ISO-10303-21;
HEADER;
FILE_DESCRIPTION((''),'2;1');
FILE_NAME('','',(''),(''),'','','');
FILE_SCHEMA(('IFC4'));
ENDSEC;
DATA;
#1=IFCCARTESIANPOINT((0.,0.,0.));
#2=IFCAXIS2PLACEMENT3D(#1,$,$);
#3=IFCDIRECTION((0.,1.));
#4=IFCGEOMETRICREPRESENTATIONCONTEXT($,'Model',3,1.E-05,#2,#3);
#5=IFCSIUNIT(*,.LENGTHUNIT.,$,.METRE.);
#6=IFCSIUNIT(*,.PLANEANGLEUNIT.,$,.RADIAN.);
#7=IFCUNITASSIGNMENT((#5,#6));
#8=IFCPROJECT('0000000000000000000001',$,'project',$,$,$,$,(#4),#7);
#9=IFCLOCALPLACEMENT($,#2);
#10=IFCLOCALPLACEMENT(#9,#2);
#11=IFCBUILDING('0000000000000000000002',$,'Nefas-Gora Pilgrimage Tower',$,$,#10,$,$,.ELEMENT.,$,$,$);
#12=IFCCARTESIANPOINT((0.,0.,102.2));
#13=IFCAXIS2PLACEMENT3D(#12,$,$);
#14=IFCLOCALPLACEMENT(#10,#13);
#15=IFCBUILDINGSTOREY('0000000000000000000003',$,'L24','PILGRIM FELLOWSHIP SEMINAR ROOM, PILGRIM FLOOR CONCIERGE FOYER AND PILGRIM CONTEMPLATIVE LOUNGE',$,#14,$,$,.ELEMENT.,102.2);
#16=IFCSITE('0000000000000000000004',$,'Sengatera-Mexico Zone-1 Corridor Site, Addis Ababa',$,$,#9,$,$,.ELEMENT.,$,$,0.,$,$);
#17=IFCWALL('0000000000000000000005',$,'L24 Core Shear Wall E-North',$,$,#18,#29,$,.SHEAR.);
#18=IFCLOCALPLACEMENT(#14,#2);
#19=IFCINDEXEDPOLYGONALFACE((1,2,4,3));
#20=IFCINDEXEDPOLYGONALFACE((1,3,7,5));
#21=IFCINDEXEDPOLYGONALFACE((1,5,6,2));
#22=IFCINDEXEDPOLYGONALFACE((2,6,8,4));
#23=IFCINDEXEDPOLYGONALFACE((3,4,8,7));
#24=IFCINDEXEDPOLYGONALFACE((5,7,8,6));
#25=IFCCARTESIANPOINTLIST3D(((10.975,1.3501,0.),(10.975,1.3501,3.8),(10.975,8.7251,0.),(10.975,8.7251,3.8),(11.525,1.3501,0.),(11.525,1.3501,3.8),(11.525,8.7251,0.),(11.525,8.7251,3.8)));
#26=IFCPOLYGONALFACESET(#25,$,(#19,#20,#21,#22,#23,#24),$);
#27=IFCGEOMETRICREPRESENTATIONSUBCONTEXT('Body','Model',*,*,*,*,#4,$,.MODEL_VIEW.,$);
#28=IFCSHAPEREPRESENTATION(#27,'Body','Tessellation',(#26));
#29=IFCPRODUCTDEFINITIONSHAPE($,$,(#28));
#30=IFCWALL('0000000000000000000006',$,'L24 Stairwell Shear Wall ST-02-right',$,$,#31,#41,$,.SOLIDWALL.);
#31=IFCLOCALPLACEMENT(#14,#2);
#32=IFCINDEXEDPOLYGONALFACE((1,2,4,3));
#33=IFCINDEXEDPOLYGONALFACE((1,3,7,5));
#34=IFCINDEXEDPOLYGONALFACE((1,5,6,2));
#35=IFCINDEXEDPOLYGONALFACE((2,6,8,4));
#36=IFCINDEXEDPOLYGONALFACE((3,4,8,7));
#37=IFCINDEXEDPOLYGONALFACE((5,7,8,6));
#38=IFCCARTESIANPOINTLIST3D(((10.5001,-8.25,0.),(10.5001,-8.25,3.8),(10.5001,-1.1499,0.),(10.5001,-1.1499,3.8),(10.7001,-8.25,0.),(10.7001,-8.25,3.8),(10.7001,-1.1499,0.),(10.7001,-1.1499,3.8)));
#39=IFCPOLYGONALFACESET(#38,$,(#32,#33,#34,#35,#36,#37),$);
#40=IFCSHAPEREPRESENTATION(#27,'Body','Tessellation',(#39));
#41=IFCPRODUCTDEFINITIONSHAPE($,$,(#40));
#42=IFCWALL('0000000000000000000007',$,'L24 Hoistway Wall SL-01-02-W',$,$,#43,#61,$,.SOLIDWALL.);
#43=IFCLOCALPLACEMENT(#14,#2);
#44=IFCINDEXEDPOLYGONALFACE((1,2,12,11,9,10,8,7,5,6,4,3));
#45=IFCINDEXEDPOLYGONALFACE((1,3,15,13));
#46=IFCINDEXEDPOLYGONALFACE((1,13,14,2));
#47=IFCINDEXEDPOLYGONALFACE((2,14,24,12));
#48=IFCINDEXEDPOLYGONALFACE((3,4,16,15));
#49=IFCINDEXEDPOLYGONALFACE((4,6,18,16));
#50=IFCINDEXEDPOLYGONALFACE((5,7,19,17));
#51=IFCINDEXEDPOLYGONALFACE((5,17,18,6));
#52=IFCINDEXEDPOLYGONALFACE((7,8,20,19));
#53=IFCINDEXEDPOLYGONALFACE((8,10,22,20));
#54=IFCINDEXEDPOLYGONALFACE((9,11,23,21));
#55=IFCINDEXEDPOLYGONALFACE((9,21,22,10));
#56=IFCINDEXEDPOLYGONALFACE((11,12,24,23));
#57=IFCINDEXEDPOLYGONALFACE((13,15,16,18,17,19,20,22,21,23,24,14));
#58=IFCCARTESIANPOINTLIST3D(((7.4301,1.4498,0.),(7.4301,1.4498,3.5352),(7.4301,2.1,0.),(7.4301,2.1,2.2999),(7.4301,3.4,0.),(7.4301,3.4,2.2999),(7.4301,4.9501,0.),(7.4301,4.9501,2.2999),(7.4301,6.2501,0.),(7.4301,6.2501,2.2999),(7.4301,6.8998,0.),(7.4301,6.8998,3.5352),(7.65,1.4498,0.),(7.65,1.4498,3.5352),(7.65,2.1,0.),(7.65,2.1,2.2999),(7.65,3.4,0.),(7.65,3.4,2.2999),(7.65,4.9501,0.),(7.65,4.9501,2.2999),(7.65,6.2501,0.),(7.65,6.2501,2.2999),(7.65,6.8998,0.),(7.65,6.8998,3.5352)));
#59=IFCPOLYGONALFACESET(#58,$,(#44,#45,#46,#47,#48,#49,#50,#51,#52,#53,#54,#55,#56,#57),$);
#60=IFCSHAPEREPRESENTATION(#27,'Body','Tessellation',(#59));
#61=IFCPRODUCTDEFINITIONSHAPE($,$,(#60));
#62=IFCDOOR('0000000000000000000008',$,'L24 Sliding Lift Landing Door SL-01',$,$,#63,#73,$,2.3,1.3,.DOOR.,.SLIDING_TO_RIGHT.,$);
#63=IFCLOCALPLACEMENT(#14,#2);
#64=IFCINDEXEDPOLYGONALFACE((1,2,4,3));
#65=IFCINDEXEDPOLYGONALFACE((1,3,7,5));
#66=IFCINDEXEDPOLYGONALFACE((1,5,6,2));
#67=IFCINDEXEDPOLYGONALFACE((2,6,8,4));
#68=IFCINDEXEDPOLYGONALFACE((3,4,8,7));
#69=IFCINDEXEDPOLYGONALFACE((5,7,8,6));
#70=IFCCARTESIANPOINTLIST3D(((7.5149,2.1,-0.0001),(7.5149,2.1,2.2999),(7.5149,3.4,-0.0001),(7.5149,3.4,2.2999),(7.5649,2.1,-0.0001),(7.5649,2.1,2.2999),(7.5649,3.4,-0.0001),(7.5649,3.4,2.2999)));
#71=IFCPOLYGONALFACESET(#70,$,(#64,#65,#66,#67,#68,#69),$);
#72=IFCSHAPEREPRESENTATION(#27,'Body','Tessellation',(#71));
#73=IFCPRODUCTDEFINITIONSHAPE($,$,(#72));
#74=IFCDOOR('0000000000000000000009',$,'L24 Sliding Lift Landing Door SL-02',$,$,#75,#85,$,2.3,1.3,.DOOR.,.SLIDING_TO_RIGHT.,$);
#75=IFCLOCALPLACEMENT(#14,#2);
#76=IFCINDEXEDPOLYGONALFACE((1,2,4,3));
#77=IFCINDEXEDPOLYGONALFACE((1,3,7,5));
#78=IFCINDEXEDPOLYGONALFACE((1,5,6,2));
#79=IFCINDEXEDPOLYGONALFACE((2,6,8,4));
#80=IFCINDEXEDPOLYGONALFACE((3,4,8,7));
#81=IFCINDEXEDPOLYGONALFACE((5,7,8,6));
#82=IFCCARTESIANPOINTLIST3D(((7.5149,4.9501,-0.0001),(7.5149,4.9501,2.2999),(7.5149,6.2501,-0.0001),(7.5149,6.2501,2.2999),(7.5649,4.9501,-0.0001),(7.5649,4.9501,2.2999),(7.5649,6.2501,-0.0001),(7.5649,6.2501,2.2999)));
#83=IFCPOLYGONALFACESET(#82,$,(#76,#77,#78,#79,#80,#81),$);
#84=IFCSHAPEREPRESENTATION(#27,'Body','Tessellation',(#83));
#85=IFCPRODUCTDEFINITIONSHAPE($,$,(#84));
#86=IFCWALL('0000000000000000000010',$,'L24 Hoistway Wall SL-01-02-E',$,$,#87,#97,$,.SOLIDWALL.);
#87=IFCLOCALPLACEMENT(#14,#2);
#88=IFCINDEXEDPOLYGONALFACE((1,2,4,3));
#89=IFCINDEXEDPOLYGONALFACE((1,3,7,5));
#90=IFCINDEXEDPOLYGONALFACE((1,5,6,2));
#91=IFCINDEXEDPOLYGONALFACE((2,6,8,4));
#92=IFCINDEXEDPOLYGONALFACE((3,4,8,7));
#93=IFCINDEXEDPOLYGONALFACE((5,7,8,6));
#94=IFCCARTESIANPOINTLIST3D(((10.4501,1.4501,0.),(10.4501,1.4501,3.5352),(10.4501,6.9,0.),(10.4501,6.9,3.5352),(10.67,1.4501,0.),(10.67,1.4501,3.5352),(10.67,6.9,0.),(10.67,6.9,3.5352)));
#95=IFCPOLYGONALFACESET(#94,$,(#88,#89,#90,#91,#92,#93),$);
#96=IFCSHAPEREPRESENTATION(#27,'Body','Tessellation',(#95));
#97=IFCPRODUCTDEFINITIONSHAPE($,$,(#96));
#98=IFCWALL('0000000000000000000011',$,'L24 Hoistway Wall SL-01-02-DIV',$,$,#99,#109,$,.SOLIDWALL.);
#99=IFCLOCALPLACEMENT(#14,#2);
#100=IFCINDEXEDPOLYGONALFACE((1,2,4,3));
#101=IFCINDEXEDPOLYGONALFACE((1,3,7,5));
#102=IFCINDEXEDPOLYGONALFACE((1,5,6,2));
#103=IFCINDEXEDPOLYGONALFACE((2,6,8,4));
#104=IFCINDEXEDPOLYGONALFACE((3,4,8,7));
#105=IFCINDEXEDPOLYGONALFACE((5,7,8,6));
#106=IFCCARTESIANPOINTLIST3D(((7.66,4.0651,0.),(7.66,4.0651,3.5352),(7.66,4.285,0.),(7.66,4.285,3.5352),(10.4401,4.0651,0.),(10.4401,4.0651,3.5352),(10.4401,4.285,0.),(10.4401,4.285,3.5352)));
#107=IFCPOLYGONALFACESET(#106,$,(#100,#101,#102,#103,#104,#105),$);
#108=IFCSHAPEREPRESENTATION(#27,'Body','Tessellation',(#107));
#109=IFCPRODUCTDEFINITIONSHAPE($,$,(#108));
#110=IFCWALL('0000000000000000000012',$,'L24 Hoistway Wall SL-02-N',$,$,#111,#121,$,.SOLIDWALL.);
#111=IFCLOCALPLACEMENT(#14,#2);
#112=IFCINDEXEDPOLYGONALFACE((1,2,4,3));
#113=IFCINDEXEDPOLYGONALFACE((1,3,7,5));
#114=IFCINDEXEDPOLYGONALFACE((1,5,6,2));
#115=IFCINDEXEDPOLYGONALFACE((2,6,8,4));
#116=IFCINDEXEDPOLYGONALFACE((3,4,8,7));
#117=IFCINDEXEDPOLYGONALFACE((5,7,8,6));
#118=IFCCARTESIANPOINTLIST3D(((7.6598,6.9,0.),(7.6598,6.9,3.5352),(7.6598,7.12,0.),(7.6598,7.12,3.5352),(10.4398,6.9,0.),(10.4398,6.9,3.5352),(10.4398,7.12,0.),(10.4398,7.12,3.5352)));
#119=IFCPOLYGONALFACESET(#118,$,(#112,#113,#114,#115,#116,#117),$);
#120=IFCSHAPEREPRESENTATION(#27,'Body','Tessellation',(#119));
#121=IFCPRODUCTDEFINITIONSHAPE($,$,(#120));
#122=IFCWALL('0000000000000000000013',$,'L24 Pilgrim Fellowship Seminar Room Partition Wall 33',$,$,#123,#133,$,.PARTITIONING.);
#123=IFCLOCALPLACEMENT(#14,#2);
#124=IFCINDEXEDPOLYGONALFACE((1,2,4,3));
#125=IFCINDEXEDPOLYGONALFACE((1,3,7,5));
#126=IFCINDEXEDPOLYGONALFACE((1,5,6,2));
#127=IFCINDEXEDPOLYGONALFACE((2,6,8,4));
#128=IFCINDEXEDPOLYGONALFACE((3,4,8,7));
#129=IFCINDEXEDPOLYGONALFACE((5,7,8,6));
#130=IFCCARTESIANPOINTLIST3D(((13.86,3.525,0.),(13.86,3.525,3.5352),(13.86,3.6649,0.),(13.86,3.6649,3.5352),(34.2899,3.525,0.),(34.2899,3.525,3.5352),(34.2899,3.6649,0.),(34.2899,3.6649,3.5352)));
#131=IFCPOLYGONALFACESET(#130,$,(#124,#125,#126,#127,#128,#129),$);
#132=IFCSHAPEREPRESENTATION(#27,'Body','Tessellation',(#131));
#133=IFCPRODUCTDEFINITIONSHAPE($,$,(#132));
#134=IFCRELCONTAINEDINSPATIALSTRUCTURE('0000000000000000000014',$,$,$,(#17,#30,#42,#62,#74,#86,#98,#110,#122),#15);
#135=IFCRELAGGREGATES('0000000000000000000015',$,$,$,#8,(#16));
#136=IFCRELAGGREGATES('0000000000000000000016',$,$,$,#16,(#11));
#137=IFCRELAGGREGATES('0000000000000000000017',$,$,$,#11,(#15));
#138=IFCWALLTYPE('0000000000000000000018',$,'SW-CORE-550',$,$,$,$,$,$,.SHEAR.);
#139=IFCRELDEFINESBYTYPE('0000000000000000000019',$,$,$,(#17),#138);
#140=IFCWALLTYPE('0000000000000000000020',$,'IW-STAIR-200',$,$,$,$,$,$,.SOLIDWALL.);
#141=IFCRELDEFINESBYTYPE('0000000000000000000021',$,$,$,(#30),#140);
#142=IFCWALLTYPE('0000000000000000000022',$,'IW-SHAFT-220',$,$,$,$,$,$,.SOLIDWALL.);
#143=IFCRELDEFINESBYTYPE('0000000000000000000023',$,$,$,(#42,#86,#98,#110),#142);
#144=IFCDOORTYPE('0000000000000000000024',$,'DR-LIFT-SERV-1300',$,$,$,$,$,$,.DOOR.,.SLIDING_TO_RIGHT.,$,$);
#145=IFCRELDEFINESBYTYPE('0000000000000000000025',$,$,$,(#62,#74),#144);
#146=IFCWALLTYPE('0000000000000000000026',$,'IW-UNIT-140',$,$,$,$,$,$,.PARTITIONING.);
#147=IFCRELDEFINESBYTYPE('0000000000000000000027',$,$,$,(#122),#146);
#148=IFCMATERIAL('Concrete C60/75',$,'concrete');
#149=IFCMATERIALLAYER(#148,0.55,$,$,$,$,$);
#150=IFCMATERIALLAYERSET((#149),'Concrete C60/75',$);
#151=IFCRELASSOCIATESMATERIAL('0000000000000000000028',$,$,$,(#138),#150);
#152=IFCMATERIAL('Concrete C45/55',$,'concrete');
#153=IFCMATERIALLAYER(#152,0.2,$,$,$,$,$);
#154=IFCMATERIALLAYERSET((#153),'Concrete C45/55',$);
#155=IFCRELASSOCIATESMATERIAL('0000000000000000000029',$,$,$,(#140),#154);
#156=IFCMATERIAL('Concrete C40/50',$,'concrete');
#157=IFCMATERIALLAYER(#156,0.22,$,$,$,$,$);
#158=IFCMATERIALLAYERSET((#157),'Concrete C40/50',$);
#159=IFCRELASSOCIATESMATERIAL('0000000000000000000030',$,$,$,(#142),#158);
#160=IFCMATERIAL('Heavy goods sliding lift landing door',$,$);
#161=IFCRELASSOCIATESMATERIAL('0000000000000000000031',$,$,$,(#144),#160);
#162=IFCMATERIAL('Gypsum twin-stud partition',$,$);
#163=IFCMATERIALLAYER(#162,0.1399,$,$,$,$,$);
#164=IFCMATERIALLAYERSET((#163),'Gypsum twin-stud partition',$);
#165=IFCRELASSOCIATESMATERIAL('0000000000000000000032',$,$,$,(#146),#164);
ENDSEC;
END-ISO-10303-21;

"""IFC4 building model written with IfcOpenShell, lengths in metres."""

from ifc_helpers import new_model, si_unit, direction, frame, frame_2d, origin, place, context, subcontext, project, spatial, rectangle, extrude, source, transform, mapped, material, layer, layer_set, type_object, element, fill, save


model = new_model("IFC4")

# Units and contexts
model_context = context("Model", 3, precision=1e-05, world=origin(), true_north=direction((0.0, 1.0)))
body_context = subcontext(model_context, "Body", "Model", "MODEL_VIEW")
ifc_project = project(units=[si_unit("LENGTHUNIT", "METRE"), si_unit("PLANEANGLEUNIT", "RADIAN")], contexts=[model_context])

# Site, building, storey
site_placement = place(None, origin())
site = spatial("IfcSite", under=ifc_project, at=site_placement, Name="Sengatera-Mexico Zone-1 Corridor Site, Addis Ababa", CompositionType="ELEMENT", RefElevation=0.0)
building_placement = place(site_placement, origin())
building = spatial("IfcBuilding", under=site, at=building_placement, Name="Nefas-Gora Pilgrimage Tower", CompositionType="ELEMENT")
storey_placement = place(building_placement, frame((0.0, 0.0, 102.2)))
storey = spatial("IfcBuildingStorey", under=building, at=storey_placement, Name="L24", Description="PILGRIM FELLOWSHIP SEMINAR ROOM, PILGRIM FLOOR CONCIERGE FOYER AND PILGRIM CONTEMPLATIVE LOUNGE", CompositionType="ELEMENT", Elevation=102.2)

# Walls
ifc_material_1 = material(Name="Concrete C60/75", Category="concrete")
ifc_layer_1 = layer(ifc_material_1, 0.55)
ifc_layer_set_1 = layer_set([ifc_layer_1], Name="Concrete C60/75")
wall_type_1 = type_object("IfcWallType", Name="SW-CORE-550", PredefinedType="SHEAR", material=ifc_layer_set_1)
shared_shape_1 = source(origin(), body_context, "Body", "SweptSolid", [
    extrude(rectangle(XDim=7.375, YDim=0.55, at=frame_2d((3.6875, 0.0))), origin(), (0.0, 0.0, 1.0), 3.8),
])
wall_1_placement = place(storey_placement, frame((11.25, 1.3501, 0.0), z_axis=(0.0, 0.0, 1.0), x_axis=(0.0, 1.0, 0.0)))
element("IfcWall", 1, at=wall_1_placement, inside=storey, type_object=wall_type_1, Name="L24 Core Shear Wall E-North", PredefinedType="SHEAR", context=body_context, shape_type="MappedRepresentation", body=[
    mapped(shared_shape_1, transform((0.0, 0.0, 0.0), x_axis=(1.0, 0.0, 0.0), y_axis=(0.0, 1.0, 0.0), z_axis=(0.0, 0.0, 1.0), scale=1.0)),
])
ifc_material_2 = material(Name="Concrete C45/55", Category="concrete")
ifc_layer_2 = layer(ifc_material_2, 0.2)
ifc_layer_set_2 = layer_set([ifc_layer_2], Name="Concrete C45/55")
wall_type_2 = type_object("IfcWallType", Name="IW-STAIR-200", PredefinedType="SOLIDWALL", material=ifc_layer_set_2)
shared_shape_2 = source(origin(), body_context, "Body", "SweptSolid", [
    extrude(rectangle(XDim=7.1001, YDim=0.2, at=frame_2d((3.55, 0.0))), origin(), (0.0, 0.0, 1.0), 3.8),
])
wall_2_placement = place(storey_placement, frame((10.6001, -1.1499, 0.0), z_axis=(0.0, 0.0, 1.0), x_axis=(0.0, -1.0, 0.0)))
element("IfcWall", 2, at=wall_2_placement, inside=storey, type_object=wall_type_2, Name="L24 Stairwell Shear Wall ST-02-right", PredefinedType="SOLIDWALL", context=body_context, shape_type="MappedRepresentation", body=[
    mapped(shared_shape_2, transform((0.0, 0.0, 0.0), x_axis=(1.0, 0.0, 0.0), y_axis=(0.0, 1.0, 0.0), z_axis=(0.0, 0.0, 1.0), scale=1.0)),
])

# Wall, openings, doors
ifc_material_3 = material(Name="Concrete C40/50", Category="concrete")
ifc_layer_3 = layer(ifc_material_3, 0.22)
ifc_layer_set_3 = layer_set([ifc_layer_3], Name="Concrete C40/50")
wall_type_3 = type_object("IfcWallType", Name="IW-SHAFT-220", PredefinedType="SOLIDWALL", material=ifc_layer_set_3)
shared_shape_3 = source(origin(), body_context, "Body", "SweptSolid", [
    extrude(rectangle(XDim=5.45, YDim=0.22, at=frame_2d((2.7251, 0.0))), origin(), (0.0, 0.0, 1.0), 3.5352),
])
wall_3_placement = place(storey_placement, frame((7.54, 6.8999, 0.0), z_axis=(0.0, 0.0, 1.0), x_axis=(0.0, -1.0, 0.0)))
wall_3 = element("IfcWall", 3, at=wall_3_placement, inside=storey, type_object=wall_type_3, Name="L24 Hoistway Wall SL-01-02-W", PredefinedType="SOLIDWALL", context=body_context, shape_type="MappedRepresentation", body=[
    mapped(shared_shape_3, transform((0.0, 0.0, 0.0), x_axis=(1.0, 0.0, 0.0), y_axis=(0.0, 1.0, 0.0), z_axis=(0.0, 0.0, 1.0), scale=1.0)),
])
opening_1_placement = place(wall_3_placement, frame((3.5, 0.0, 0.0)))
opening_1 = element("IfcOpeningElement", 4, at=opening_1_placement, cuts=wall_3, PredefinedType="OPENING", context=body_context, shape_type="SweptSolid", body=[
    extrude(rectangle(XDim=1.3, YDim=2.3, at=frame_2d((0.6499, 1.1499))), frame((0.0, 0.1199, 0.0), z_axis=(0.0, -1.0, 0.0), x_axis=(1.0, 0.0, 0.0)), (0.0, 0.0, 1.0), 0.24),
])
opening_2_placement = place(wall_3_placement, frame((0.6499, 0.0, 0.0)))
opening_2 = element("IfcOpeningElement", 5, at=opening_2_placement, cuts=wall_3, PredefinedType="OPENING", context=body_context, shape_type="SweptSolid", body=[
    extrude(rectangle(XDim=1.3, YDim=2.3, at=frame_2d((0.6499, 1.1499))), frame((0.0, 0.1199, 0.0), z_axis=(0.0, -1.0, 0.0), x_axis=(1.0, 0.0, 0.0)), (0.0, 0.0, 1.0), 0.24),
])
ifc_material_4 = material(Name="Heavy goods sliding lift landing door")
door_type_1 = type_object("IfcDoorType", Name="DR-LIFT-SERV-1300", OperationType="SLIDING_TO_RIGHT", PredefinedType="DOOR", material=ifc_material_4)
shared_shape_4 = source(origin(), body_context, "Body", "SweptSolid", [
    extrude(rectangle(XDim=1.3, YDim=2.3, at=frame_2d((0.6499, 1.1499))), frame((0.0, 0.0249, 0.0), z_axis=(0.0, -1.0, 0.0), x_axis=(1.0, 0.0, 0.0)), (0.0, 0.0, 1.0), 0.05),
])
door_1_placement = place(opening_1_placement, origin())
door_1 = element("IfcDoor", 6, at=door_1_placement, inside=storey, type_object=door_type_1, Name="L24 Sliding Lift Landing Door SL-01", OperationType="SLIDING_TO_RIGHT", OverallHeight=2.3, OverallWidth=1.3, PredefinedType="DOOR", context=body_context, shape_type="MappedRepresentation", body=[
    mapped(shared_shape_4, transform((0.0, 0.0, 0.0), x_axis=(1.0, 0.0, 0.0), y_axis=(0.0, 1.0, 0.0), z_axis=(0.0, 0.0, 1.0), scale=1.0)),
])
fill(opening_1, door_1)
door_2_placement = place(opening_2_placement, origin())
door_2 = element("IfcDoor", 7, at=door_2_placement, inside=storey, type_object=door_type_1, Name="L24 Sliding Lift Landing Door SL-02", OperationType="SLIDING_TO_RIGHT", OverallHeight=2.3, OverallWidth=1.3, PredefinedType="DOOR", context=body_context, shape_type="MappedRepresentation", body=[
    mapped(shared_shape_4, transform((0.0, 0.0, 0.0), x_axis=(1.0, 0.0, 0.0), y_axis=(0.0, 1.0, 0.0), z_axis=(0.0, 0.0, 1.0), scale=1.0)),
])
fill(opening_2, door_2)

# Walls
wall_4_placement = place(storey_placement, frame((10.5601, 1.45, 0.0), z_axis=(0.0, 0.0, 1.0), x_axis=(0.0, 1.0, 0.0)))
element("IfcWall", 8, at=wall_4_placement, inside=storey, type_object=wall_type_3, Name="L24 Hoistway Wall SL-01-02-E", PredefinedType="SOLIDWALL", context=body_context, shape_type="MappedRepresentation", body=[
    mapped(shared_shape_3, transform((0.0, 0.0, 0.0), x_axis=(1.0, 0.0, 0.0), y_axis=(0.0, 1.0, 0.0), z_axis=(0.0, 0.0, 1.0), scale=1.0)),
])
shared_shape_5 = source(origin(), body_context, "Body", "SweptSolid", [
    extrude(rectangle(XDim=2.78, YDim=0.22, at=frame_2d((1.3901, 0.0))), origin(), (0.0, 0.0, 1.0), 3.5352),
])
for number, where, z_axis, x_axis, name in (
    (9, (7.6599, 4.175, 0.0), (0.0, 0.0, 1.0), (1.0, 0.0, 0.0), "L24 Hoistway Wall SL-01-02-DIV"),
    (10, (10.4399, 7.01, 0.0), (0.0, 0.0, 1.0), (-1.0, 0.0, 0.0), "L24 Hoistway Wall SL-02-N"),
):
    element("IfcWall", number, at=place(storey_placement, frame(where, z_axis=z_axis, x_axis=x_axis)), inside=storey, type_object=wall_type_3, Name=name, PredefinedType="SOLIDWALL", context=body_context, shape_type="MappedRepresentation", body=[
        mapped(shared_shape_5, transform((0.0, 0.0, 0.0), x_axis=(1.0, 0.0, 0.0), y_axis=(0.0, 1.0, 0.0), z_axis=(0.0, 0.0, 1.0), scale=1.0)),
    ])
ifc_material_5 = material(Name="Gypsum twin-stud partition")
ifc_layer_4 = layer(ifc_material_5, 0.1399)
ifc_layer_set_4 = layer_set([ifc_layer_4], Name="Gypsum twin-stud partition")
wall_type_4 = type_object("IfcWallType", Name="IW-UNIT-140", PredefinedType="PARTITIONING", material=ifc_layer_set_4)
shared_shape_6 = source(origin(), body_context, "Body", "SweptSolid", [
    extrude(rectangle(XDim=20.4299, YDim=0.1399, at=frame_2d((10.2148, 0.0))), origin(), (0.0, 0.0, 1.0), 3.5352),
])
wall_5_placement = place(storey_placement, frame((13.8601, 3.595, 0.0), z_axis=(0.0, 0.0, 1.0), x_axis=(1.0, 0.0, 0.0)))
element("IfcWall", 11, at=wall_5_placement, inside=storey, type_object=wall_type_4, Name="L24 Pilgrim Fellowship Seminar Room Partition Wall 33", PredefinedType="PARTITIONING", context=body_context, shape_type="MappedRepresentation", body=[
    mapped(shared_shape_6, transform((0.0, 0.0, 0.0), x_axis=(1.0, 0.0, 0.0), y_axis=(0.0, 1.0, 0.0), z_axis=(0.0, 0.0, 1.0), scale=1.0)),
])

save(model, "model.ifc")
